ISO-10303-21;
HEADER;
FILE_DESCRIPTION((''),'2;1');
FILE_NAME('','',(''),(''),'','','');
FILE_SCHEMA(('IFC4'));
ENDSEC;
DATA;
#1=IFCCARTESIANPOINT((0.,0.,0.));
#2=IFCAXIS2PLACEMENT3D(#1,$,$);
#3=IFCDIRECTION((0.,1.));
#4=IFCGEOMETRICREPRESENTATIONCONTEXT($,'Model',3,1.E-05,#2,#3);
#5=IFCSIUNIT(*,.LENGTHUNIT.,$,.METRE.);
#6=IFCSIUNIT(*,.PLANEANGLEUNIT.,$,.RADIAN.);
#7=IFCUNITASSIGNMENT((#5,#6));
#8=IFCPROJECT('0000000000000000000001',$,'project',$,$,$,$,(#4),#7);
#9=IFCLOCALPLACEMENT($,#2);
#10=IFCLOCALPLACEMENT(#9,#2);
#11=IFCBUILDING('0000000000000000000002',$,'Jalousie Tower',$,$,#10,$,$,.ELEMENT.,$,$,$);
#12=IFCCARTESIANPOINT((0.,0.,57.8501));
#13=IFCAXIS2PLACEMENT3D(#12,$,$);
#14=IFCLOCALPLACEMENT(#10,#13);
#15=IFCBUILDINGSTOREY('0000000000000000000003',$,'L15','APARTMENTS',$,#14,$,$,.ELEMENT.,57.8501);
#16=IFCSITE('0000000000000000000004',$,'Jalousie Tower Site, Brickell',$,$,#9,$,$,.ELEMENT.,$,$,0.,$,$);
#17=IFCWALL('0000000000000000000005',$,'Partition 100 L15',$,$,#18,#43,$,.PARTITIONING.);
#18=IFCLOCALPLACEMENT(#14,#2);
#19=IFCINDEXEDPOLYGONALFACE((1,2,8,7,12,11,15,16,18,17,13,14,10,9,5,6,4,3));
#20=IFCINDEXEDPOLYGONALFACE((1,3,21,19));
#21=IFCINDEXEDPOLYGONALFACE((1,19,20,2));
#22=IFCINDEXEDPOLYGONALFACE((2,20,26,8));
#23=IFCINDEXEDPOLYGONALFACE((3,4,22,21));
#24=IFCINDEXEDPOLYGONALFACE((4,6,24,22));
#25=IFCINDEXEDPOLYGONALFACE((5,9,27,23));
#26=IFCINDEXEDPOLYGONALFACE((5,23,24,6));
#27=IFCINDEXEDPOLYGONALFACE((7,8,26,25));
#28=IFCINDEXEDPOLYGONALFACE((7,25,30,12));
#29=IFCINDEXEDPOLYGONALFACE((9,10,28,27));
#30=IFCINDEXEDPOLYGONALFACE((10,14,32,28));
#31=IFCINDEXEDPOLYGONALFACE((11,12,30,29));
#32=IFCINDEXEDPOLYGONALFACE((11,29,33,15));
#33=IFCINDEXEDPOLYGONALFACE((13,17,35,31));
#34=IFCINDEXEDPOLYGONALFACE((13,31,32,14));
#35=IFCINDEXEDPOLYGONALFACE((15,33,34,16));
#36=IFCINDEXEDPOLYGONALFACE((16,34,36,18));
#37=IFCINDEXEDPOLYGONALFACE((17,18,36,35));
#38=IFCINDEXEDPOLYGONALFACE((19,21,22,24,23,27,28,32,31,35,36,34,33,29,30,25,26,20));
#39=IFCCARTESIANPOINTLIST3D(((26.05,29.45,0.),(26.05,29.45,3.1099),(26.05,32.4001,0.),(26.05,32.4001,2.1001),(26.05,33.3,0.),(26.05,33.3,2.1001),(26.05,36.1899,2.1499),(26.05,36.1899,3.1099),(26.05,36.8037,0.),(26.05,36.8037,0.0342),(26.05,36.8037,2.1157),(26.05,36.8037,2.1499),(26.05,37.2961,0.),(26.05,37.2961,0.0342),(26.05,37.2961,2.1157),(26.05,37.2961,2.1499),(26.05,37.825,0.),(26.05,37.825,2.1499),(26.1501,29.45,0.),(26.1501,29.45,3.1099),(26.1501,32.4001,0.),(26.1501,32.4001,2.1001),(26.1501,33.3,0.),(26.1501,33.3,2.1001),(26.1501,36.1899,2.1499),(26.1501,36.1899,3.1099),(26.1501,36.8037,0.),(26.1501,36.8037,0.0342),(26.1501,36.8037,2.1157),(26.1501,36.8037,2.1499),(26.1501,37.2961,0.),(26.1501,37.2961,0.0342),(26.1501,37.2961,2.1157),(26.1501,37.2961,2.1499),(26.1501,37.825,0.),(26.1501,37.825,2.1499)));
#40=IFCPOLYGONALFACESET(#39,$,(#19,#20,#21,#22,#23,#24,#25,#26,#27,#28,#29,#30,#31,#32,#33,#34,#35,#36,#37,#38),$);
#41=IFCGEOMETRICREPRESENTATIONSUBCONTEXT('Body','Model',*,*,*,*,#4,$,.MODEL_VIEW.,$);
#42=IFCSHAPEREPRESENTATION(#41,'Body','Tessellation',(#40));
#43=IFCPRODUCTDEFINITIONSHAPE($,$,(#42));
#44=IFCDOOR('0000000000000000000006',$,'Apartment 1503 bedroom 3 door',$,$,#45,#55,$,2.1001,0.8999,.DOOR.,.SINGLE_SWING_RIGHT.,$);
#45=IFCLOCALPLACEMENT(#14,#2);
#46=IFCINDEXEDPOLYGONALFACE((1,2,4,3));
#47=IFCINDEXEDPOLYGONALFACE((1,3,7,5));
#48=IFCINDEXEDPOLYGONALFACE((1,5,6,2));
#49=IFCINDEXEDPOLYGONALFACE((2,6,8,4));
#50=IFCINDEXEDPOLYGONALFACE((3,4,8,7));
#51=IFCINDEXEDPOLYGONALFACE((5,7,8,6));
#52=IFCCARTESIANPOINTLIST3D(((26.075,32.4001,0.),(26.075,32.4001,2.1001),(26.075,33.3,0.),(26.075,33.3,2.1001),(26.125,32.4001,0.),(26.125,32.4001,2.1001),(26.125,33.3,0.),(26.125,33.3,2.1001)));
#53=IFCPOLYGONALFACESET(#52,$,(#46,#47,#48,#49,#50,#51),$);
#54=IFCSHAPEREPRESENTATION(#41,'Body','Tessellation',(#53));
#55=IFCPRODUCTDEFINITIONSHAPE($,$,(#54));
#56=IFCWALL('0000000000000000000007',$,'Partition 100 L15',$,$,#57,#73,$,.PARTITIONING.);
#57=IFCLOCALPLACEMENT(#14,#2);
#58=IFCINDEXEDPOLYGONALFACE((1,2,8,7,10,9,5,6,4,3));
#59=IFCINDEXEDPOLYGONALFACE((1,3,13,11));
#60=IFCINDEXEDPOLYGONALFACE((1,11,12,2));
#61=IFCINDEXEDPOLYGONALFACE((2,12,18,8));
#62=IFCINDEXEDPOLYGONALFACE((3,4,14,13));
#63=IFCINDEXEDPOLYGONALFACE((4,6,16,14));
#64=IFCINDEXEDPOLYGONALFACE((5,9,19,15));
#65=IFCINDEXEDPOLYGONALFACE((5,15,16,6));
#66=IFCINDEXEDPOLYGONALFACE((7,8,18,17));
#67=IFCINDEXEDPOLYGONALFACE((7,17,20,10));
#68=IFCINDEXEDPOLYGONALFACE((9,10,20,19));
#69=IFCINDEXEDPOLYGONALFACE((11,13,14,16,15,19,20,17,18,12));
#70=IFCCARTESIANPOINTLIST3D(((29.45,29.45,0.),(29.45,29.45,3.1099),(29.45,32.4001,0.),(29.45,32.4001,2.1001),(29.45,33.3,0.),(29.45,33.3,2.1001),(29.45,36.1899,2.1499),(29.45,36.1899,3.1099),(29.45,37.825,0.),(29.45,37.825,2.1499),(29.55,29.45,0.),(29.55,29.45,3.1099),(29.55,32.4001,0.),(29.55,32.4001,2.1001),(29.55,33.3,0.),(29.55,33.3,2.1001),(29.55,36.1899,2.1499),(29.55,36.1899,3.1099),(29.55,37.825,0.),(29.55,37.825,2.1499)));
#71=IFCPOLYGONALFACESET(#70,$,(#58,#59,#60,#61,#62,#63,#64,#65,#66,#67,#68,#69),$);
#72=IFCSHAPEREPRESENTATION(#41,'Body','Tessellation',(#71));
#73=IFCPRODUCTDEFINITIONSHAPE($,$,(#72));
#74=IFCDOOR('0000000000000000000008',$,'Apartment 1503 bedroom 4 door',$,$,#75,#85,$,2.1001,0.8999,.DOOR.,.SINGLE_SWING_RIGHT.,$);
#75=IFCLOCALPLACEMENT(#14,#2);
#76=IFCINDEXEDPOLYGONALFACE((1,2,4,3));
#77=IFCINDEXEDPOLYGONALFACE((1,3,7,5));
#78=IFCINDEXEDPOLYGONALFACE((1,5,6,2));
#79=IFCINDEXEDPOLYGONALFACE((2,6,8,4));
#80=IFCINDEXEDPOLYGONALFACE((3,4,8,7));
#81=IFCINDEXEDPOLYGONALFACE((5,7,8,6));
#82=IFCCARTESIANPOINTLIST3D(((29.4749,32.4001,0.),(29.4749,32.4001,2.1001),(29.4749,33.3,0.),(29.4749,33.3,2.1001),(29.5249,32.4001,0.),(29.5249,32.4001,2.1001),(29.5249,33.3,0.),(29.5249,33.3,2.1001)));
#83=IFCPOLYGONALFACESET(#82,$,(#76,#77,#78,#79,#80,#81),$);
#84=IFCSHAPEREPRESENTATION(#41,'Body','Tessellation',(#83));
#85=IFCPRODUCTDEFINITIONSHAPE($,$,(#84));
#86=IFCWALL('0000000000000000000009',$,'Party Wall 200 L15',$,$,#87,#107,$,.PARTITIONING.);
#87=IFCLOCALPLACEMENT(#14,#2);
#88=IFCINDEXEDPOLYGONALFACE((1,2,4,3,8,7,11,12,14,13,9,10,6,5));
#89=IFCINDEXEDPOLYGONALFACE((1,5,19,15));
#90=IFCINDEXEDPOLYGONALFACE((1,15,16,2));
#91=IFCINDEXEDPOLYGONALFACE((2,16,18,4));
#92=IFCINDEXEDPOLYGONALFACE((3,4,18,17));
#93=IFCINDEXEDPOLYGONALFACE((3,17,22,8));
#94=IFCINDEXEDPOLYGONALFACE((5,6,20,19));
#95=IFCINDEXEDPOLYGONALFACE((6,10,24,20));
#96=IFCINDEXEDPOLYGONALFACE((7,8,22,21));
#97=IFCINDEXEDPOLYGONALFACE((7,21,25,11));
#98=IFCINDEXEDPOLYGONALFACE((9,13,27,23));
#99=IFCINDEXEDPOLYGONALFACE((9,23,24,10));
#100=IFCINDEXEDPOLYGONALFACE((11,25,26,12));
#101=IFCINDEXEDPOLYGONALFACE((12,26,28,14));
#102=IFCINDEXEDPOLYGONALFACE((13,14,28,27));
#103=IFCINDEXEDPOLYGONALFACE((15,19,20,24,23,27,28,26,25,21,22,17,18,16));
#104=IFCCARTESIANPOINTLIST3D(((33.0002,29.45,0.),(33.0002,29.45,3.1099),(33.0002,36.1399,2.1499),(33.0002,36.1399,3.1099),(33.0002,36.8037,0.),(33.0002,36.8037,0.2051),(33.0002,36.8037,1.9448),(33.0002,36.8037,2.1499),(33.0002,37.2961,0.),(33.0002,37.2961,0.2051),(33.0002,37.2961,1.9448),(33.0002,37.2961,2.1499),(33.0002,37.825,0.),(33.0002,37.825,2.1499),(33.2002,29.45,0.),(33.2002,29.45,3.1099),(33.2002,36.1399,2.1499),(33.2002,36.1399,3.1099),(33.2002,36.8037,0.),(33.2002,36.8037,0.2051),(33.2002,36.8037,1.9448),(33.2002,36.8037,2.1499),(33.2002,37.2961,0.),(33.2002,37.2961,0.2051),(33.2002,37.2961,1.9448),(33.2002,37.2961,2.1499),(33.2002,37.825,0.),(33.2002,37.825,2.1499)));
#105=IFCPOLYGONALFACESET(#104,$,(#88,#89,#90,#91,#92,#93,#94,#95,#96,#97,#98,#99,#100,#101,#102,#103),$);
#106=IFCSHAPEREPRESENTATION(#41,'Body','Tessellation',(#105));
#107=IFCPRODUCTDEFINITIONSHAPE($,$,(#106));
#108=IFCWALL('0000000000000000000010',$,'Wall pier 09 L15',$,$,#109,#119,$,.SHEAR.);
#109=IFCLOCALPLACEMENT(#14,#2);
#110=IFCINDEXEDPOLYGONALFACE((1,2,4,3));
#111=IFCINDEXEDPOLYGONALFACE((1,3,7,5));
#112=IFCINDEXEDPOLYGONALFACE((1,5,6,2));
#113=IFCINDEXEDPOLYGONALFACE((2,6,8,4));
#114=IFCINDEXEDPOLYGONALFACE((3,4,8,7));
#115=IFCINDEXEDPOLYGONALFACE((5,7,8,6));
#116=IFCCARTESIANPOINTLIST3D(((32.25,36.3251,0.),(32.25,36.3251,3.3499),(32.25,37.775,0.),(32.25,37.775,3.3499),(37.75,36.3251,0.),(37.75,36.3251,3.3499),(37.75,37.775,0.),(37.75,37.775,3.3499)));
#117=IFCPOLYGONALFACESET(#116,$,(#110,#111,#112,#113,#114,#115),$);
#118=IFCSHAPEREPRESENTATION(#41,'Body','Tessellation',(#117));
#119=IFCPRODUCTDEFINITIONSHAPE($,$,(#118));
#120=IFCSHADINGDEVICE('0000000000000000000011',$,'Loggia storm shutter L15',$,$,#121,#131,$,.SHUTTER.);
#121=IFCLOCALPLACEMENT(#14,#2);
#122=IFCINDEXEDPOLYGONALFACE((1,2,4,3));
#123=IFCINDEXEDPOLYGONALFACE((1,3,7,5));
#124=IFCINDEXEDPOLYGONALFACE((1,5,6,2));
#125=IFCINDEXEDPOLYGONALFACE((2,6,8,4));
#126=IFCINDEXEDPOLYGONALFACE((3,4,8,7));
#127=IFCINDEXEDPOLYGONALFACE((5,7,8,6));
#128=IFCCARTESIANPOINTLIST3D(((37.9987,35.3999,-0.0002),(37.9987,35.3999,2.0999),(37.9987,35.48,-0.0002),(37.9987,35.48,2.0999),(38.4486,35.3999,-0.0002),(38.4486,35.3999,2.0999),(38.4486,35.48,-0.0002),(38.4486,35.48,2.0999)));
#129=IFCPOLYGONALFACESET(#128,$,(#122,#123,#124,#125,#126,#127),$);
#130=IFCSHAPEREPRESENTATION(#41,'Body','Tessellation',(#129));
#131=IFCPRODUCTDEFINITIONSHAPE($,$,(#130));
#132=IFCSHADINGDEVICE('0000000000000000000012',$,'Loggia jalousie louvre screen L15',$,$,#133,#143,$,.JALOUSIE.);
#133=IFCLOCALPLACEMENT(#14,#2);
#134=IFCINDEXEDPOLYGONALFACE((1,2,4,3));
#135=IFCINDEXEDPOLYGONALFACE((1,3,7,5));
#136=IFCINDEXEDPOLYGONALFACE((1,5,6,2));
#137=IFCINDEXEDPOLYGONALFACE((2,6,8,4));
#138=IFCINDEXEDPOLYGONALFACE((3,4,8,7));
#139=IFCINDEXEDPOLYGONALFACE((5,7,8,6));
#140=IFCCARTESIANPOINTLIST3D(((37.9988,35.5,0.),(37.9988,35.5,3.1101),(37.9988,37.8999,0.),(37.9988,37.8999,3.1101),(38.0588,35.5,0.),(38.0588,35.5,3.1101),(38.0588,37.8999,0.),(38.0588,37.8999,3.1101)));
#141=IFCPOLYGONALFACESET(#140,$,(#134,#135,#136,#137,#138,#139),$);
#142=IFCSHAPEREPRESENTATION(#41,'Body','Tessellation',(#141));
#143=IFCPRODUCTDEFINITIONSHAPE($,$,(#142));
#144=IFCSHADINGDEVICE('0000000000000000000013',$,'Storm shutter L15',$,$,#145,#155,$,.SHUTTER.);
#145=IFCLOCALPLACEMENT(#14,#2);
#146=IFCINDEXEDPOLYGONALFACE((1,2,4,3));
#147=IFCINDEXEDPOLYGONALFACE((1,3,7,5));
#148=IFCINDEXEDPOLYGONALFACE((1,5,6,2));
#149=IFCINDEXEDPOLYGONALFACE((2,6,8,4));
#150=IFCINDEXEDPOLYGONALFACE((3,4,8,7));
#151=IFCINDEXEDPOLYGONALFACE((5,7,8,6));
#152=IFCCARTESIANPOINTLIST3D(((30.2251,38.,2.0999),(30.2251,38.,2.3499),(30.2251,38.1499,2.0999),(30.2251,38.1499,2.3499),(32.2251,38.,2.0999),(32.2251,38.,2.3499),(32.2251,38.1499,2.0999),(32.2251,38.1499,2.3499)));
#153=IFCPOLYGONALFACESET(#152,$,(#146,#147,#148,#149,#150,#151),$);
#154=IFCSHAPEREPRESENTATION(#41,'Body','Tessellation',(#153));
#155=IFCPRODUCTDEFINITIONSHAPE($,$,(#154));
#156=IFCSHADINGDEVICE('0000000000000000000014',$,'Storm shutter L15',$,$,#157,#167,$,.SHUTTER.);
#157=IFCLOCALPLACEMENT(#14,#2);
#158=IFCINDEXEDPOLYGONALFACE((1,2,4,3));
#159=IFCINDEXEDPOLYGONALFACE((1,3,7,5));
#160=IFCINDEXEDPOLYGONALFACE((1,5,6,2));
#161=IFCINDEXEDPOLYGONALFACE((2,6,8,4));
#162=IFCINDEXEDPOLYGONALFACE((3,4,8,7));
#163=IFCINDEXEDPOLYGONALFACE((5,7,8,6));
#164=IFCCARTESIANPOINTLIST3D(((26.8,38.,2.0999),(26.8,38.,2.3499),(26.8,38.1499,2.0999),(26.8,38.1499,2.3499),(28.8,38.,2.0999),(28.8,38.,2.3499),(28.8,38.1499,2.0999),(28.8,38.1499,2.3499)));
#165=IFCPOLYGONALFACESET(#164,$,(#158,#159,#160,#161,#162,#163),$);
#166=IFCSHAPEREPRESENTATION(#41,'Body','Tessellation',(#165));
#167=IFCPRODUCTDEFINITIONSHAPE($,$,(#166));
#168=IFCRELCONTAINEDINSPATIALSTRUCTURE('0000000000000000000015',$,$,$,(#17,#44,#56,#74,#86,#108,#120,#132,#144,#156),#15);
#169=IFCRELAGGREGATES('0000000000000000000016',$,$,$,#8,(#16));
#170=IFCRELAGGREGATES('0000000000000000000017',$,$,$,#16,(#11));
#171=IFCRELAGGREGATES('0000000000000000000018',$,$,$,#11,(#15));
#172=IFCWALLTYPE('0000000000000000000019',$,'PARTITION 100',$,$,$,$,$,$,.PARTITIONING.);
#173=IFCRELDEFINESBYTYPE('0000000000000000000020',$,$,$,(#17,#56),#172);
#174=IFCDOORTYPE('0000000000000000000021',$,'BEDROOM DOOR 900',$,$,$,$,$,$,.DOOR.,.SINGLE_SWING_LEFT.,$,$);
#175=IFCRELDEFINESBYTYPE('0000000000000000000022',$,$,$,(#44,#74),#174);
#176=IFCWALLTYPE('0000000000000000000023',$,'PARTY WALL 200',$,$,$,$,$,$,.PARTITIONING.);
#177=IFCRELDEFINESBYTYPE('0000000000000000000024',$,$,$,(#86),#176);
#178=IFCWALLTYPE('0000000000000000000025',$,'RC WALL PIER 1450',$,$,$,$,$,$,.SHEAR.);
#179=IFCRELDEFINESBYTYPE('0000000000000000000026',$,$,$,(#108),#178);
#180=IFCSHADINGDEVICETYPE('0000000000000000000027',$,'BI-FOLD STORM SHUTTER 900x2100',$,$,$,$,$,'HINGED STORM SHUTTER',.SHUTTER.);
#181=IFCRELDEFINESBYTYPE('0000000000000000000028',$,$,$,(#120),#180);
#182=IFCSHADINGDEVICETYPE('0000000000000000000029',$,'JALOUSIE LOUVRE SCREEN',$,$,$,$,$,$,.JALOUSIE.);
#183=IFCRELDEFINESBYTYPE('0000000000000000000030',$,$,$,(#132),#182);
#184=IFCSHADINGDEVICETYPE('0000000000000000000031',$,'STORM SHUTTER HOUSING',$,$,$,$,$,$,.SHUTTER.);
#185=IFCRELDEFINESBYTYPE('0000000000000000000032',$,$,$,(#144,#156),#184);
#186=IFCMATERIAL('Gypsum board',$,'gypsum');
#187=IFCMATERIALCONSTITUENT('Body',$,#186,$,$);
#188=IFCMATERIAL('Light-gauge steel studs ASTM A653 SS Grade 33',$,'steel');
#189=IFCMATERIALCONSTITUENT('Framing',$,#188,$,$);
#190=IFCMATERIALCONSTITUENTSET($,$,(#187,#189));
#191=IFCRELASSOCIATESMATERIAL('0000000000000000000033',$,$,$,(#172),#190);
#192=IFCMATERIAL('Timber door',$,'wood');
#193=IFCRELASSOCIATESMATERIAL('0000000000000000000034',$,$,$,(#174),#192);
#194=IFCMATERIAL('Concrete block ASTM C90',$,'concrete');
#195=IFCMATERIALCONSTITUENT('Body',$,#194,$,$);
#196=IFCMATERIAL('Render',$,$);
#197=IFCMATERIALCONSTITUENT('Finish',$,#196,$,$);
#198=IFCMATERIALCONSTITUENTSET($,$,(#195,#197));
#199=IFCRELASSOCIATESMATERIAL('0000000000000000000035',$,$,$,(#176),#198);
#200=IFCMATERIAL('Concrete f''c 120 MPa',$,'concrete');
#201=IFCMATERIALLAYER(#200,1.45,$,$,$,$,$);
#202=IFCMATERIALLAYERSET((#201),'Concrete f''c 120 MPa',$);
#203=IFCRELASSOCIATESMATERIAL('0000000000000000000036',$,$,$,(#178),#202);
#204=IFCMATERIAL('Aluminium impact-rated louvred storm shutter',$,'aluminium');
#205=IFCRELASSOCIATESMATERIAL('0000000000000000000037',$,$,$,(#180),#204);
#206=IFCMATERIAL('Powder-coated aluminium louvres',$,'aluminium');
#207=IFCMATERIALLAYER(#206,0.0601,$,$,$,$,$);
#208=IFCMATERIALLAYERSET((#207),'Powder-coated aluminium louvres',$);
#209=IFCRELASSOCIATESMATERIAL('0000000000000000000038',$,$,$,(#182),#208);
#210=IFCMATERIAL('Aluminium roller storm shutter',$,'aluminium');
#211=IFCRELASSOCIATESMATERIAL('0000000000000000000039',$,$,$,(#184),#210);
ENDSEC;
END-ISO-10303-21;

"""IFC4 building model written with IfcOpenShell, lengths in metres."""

from ifc_helpers import new_model, si_unit, direction, frame, frame_2d, origin, origin_2d, place, context, subcontext, project, spatial, polyline, rectangle, outline, extrude, material, layer, layer_set, constituent, constituent_set, type_object, element, fill, save


model = new_model("IFC4")

# Units and contexts
model_context = context("Model", 3, precision=1e-05, world=origin(), true_north=direction((0.0, 1.0)))
body_context = subcontext(model_context, "Body", "Model", "MODEL_VIEW")
ifc_project = project(units=[si_unit("LENGTHUNIT", "METRE"), si_unit("PLANEANGLEUNIT", "RADIAN")], contexts=[model_context])

# Site, building, storey
site_placement = place(None, origin())
site = spatial("IfcSite", under=ifc_project, at=site_placement, Name="Jalousie Tower Site, Brickell", CompositionType="ELEMENT", RefElevation=0.0)
building_placement = place(site_placement, origin())
building = spatial("IfcBuilding", under=site, at=building_placement, Name="Jalousie Tower", CompositionType="ELEMENT")
storey_placement = place(building_placement, frame((0.0, 0.0, 57.8501)))
storey = spatial("IfcBuildingStorey", under=building, at=storey_placement, Name="L15", Description="APARTMENTS", CompositionType="ELEMENT", Elevation=57.8501)

# Walls, openings, doors
ifc_material_1 = material(Name="Gypsum board", Category="gypsum")
ifc_constituent_1 = constituent(ifc_material_1, Name="Body")
ifc_material_2 = material(Name="Light-gauge steel studs ASTM A653 SS Grade 33", Category="steel")
ifc_constituent_2 = constituent(ifc_material_2, Name="Framing")
ifc_constituent_set_1 = constituent_set(constituents=[ifc_constituent_1, ifc_constituent_2])
wall_type_1 = type_object("IfcWallType", Name="PARTITION 100", PredefinedType="PARTITIONING", material=ifc_constituent_set_1)
wall_1_placement = place(storey_placement, frame((26.1001, 37.825, 0.0), z_axis=(0.0, 0.0, 1.0), x_axis=(0.0, -1.0, 0.0)))
wall_1 = element("IfcWall", 1, at=wall_1_placement, inside=storey, type_object=wall_type_1, Name="Partition 100 L15", PredefinedType="PARTITIONING", context=body_context, shape_type="SweptSolid", body=[
    extrude(outline(polyline([(0.5288, 2.1499), (0.0, 2.1499), (0.0, 0.0), (0.5288, 0.0), (0.5288, 0.0342), (1.0212, 0.0342), (1.0212, 0.0), (8.375, 0.0), (8.375, 3.1099), (1.635, 3.1099), (1.635, 2.1499), (1.0212, 2.1499), (1.0212, 2.1157), (0.5288, 2.1157), (0.5288, 2.1499)])), frame((0.0, 0.05, 0.0), z_axis=(0.0, -1.0, 0.0), x_axis=(1.0, 0.0, 0.0)), (0.0, 0.0, 1.0), 0.1001),
])
opening_1_placement = place(wall_1_placement, frame((4.5249, 0.0, 0.0)))
opening_1 = element("IfcOpeningElement", 2, at=opening_1_placement, cuts=wall_1, PredefinedType="OPENING", context=body_context, shape_type="SweptSolid", body=[
    extrude(rectangle(XDim=0.8999, YDim=2.1001, at=frame_2d((0.45, 1.05))), frame((0.0, 0.0601, 0.0), z_axis=(0.0, -1.0, 0.0), x_axis=(1.0, 0.0, 0.0)), (0.0, 0.0, 1.0), 0.1201),
])
ifc_material_3 = material(Name="Timber door", Category="wood")
door_type = type_object("IfcDoorType", Name="BEDROOM DOOR 900", OperationType="SINGLE_SWING_LEFT", PredefinedType="DOOR", material=ifc_material_3)
door_1_placement = place(opening_1_placement, origin())
door_1 = element("IfcDoor", 3, at=door_1_placement, inside=storey, type_object=door_type, Name="Apartment 1503 bedroom 3 door", OperationType="SINGLE_SWING_RIGHT", OverallHeight=2.1001, OverallWidth=0.8999, PredefinedType="DOOR", context=body_context, shape_type="SweptSolid", body=[
    extrude(rectangle(XDim=0.8999, YDim=2.1001, at=frame_2d((0.45, 1.05))), frame((0.0, 0.0249, 0.0), z_axis=(0.0, -1.0, 0.0), x_axis=(1.0, 0.0, 0.0)), (0.0, 0.0, 1.0), 0.05),
])
fill(opening_1, door_1)
wall_2_placement = place(storey_placement, frame((29.5, 37.825, 0.0), z_axis=(0.0, 0.0, 1.0), x_axis=(0.0, -1.0, 0.0)))
wall_2 = element("IfcWall", 4, at=wall_2_placement, inside=storey, type_object=wall_type_1, Name="Partition 100 L15", PredefinedType="PARTITIONING", context=body_context, shape_type="SweptSolid", body=[
    extrude(outline(polyline([(0.0, 0.0), (8.375, 0.0), (8.375, 3.1099), (1.635, 3.1099), (1.635, 2.1499), (0.0, 2.1499), (0.0, 3.1099), (0.0, 0.0)])), frame((0.0, 0.05, 0.0), z_axis=(0.0, -1.0, 0.0), x_axis=(1.0, 0.0, 0.0)), (0.0, 0.0, 1.0), 0.1001),
])
opening_2_placement = place(wall_2_placement, frame((4.5249, 0.0, 0.0)))
opening_2 = element("IfcOpeningElement", 5, at=opening_2_placement, cuts=wall_2, PredefinedType="OPENING", context=body_context, shape_type="SweptSolid", body=[
    extrude(rectangle(XDim=0.8999, YDim=2.1001, at=frame_2d((0.45, 1.05))), frame((0.0, 0.0601, 0.0), z_axis=(0.0, -1.0, 0.0), x_axis=(1.0, 0.0, 0.0)), (0.0, 0.0, 1.0), 0.1201),
])
door_2_placement = place(opening_2_placement, origin())
door_2 = element("IfcDoor", 6, at=door_2_placement, inside=storey, type_object=door_type, Name="Apartment 1503 bedroom 4 door", OperationType="SINGLE_SWING_RIGHT", OverallHeight=2.1001, OverallWidth=0.8999, PredefinedType="DOOR", context=body_context, shape_type="SweptSolid", body=[
    extrude(rectangle(XDim=0.8999, YDim=2.1001, at=frame_2d((0.45, 1.05))), frame((0.0, 0.0249, 0.0), z_axis=(0.0, -1.0, 0.0), x_axis=(1.0, 0.0, 0.0)), (0.0, 0.0, 1.0), 0.05),
])
fill(opening_2, door_2)

# Walls
ifc_material_4 = material(Name="Concrete block ASTM C90", Category="concrete")
ifc_constituent_3 = constituent(ifc_material_4, Name="Body")
ifc_material_5 = material(Name="Render")
ifc_constituent_4 = constituent(ifc_material_5, Name="Finish")
ifc_constituent_set_2 = constituent_set(constituents=[ifc_constituent_3, ifc_constituent_4])
wall_type_2 = type_object("IfcWallType", Name="PARTY WALL 200", PredefinedType="PARTITIONING", material=ifc_constituent_set_2)
wall_3_placement = place(storey_placement, frame((33.1001, 37.825, 0.0), z_axis=(0.0, 0.0, 1.0), x_axis=(0.0, -1.0, 0.0)))
element("IfcWall", 7, at=wall_3_placement, inside=storey, type_object=wall_type_2, Name="Party Wall 200 L15", PredefinedType="PARTITIONING", context=body_context, shape_type="SweptSolid", body=[
    extrude(outline(polyline([(0.5288, 2.1499), (0.0, 2.1499), (0.0, 0.0), (0.5288, 0.0), (0.5288, 0.2051), (1.0212, 0.2051), (1.0212, 0.0), (8.375, 0.0), (8.375, 3.1099), (1.6851, 3.1099), (1.6851, 2.1499), (1.0212, 2.1499), (1.0212, 1.9448), (0.5288, 1.9448), (0.5288, 2.1499)])), frame((0.0, 0.1001, 0.0), z_axis=(0.0, -1.0, 0.0), x_axis=(1.0, 0.0, 0.0)), (0.0, 0.0, 1.0), 0.2),
])
ifc_material_6 = material(Name="Concrete f'c 120 MPa", Category="concrete")
ifc_layer_1 = layer(ifc_material_6, 1.45)
ifc_layer_set_1 = layer_set([ifc_layer_1], Name="Concrete f'c 120 MPa")
wall_type_3 = type_object("IfcWallType", Name="RC WALL PIER 1450", PredefinedType="SHEAR", material=ifc_layer_set_1)
wall_4_placement = place(storey_placement, frame((32.25, 37.05, 0.0), z_axis=(0.0, 0.0, 1.0), x_axis=(1.0, 0.0, 0.0)))
element("IfcWall", 8, at=wall_4_placement, inside=storey, type_object=wall_type_3, Name="Wall pier 09 L15", PredefinedType="SHEAR", context=body_context, shape_type="SweptSolid", body=[
    extrude(rectangle(XDim=5.5, YDim=1.45, at=frame_2d((2.75, 0.0))), origin(), (0.0, 0.0, 1.0), 3.3499),
])

# Shading devices
ifc_material_7 = material(Name="Aluminium impact-rated louvred storm shutter", Category="aluminium")
shading_device_type_1 = type_object("IfcShadingDeviceType", Name="BI-FOLD STORM SHUTTER 900x2100", ElementType="HINGED STORM SHUTTER", PredefinedType="SHUTTER", material=ifc_material_7)
shading_device_1_placement = place(storey_placement, frame((38.2236, 35.4399, -0.0002), z_axis=(0.0, 0.0, 1.0), x_axis=(-1.0, 0.0, 0.0)))
element("IfcShadingDevice", 9, at=shading_device_1_placement, inside=storey, type_object=shading_device_type_1, Name="Loggia storm shutter L15", PredefinedType="SHUTTER", context=body_context, shape_type="SweptSolid", body=[
    extrude(rectangle(XDim=0.45, YDim=0.0801, at=origin_2d()), origin(), (0.0, 0.0, 1.0), 2.1001),
])
ifc_material_8 = material(Name="Powder-coated aluminium louvres", Category="aluminium")
ifc_layer_2 = layer(ifc_material_8, 0.0601)
ifc_layer_set_2 = layer_set([ifc_layer_2], Name="Powder-coated aluminium louvres")
shading_device_type_2 = type_object("IfcShadingDeviceType", Name="JALOUSIE LOUVRE SCREEN", PredefinedType="JALOUSIE", material=ifc_layer_set_2)
shading_device_2_placement = place(storey_placement, frame((38.0288, 36.7, 0.0), z_axis=(0.0, 0.0, 1.0), x_axis=(-1.0, 0.0, 0.0)))
element("IfcShadingDevice", 10, at=shading_device_2_placement, inside=storey, type_object=shading_device_type_2, Name="Loggia jalousie louvre screen L15", PredefinedType="JALOUSIE", context=body_context, shape_type="SweptSolid", body=[
    extrude(rectangle(XDim=0.0601, YDim=2.3999, at=origin_2d()), origin(), (0.0, 0.0, 1.0), 3.1101),
])
ifc_material_9 = material(Name="Aluminium roller storm shutter", Category="aluminium")
shading_device_type_3 = type_object("IfcShadingDeviceType", Name="STORM SHUTTER HOUSING", PredefinedType="SHUTTER", material=ifc_material_9)
for number, where, z_axis, x_axis, name in (
    (11, (31.2251, 38.075, 2.0999), (0.0, 0.0, 1.0), (-1.0, 0.0, 0.0), "Storm shutter L15"),
    (12, (27.8, 38.075, 2.0999), (0.0, 0.0, 1.0), (-1.0, 0.0, 0.0), "Storm shutter L15"),
):
    element("IfcShadingDevice", number, at=place(storey_placement, frame(where, z_axis=z_axis, x_axis=x_axis)), inside=storey, type_object=shading_device_type_3, Name=name, PredefinedType="SHUTTER", context=body_context, shape_type="SweptSolid", body=[
        extrude(rectangle(XDim=2.0, YDim=0.1499, at=origin_2d()), origin(), (0.0, 0.0, 1.0), 0.25),
    ])

save(model, "model.ifc")
